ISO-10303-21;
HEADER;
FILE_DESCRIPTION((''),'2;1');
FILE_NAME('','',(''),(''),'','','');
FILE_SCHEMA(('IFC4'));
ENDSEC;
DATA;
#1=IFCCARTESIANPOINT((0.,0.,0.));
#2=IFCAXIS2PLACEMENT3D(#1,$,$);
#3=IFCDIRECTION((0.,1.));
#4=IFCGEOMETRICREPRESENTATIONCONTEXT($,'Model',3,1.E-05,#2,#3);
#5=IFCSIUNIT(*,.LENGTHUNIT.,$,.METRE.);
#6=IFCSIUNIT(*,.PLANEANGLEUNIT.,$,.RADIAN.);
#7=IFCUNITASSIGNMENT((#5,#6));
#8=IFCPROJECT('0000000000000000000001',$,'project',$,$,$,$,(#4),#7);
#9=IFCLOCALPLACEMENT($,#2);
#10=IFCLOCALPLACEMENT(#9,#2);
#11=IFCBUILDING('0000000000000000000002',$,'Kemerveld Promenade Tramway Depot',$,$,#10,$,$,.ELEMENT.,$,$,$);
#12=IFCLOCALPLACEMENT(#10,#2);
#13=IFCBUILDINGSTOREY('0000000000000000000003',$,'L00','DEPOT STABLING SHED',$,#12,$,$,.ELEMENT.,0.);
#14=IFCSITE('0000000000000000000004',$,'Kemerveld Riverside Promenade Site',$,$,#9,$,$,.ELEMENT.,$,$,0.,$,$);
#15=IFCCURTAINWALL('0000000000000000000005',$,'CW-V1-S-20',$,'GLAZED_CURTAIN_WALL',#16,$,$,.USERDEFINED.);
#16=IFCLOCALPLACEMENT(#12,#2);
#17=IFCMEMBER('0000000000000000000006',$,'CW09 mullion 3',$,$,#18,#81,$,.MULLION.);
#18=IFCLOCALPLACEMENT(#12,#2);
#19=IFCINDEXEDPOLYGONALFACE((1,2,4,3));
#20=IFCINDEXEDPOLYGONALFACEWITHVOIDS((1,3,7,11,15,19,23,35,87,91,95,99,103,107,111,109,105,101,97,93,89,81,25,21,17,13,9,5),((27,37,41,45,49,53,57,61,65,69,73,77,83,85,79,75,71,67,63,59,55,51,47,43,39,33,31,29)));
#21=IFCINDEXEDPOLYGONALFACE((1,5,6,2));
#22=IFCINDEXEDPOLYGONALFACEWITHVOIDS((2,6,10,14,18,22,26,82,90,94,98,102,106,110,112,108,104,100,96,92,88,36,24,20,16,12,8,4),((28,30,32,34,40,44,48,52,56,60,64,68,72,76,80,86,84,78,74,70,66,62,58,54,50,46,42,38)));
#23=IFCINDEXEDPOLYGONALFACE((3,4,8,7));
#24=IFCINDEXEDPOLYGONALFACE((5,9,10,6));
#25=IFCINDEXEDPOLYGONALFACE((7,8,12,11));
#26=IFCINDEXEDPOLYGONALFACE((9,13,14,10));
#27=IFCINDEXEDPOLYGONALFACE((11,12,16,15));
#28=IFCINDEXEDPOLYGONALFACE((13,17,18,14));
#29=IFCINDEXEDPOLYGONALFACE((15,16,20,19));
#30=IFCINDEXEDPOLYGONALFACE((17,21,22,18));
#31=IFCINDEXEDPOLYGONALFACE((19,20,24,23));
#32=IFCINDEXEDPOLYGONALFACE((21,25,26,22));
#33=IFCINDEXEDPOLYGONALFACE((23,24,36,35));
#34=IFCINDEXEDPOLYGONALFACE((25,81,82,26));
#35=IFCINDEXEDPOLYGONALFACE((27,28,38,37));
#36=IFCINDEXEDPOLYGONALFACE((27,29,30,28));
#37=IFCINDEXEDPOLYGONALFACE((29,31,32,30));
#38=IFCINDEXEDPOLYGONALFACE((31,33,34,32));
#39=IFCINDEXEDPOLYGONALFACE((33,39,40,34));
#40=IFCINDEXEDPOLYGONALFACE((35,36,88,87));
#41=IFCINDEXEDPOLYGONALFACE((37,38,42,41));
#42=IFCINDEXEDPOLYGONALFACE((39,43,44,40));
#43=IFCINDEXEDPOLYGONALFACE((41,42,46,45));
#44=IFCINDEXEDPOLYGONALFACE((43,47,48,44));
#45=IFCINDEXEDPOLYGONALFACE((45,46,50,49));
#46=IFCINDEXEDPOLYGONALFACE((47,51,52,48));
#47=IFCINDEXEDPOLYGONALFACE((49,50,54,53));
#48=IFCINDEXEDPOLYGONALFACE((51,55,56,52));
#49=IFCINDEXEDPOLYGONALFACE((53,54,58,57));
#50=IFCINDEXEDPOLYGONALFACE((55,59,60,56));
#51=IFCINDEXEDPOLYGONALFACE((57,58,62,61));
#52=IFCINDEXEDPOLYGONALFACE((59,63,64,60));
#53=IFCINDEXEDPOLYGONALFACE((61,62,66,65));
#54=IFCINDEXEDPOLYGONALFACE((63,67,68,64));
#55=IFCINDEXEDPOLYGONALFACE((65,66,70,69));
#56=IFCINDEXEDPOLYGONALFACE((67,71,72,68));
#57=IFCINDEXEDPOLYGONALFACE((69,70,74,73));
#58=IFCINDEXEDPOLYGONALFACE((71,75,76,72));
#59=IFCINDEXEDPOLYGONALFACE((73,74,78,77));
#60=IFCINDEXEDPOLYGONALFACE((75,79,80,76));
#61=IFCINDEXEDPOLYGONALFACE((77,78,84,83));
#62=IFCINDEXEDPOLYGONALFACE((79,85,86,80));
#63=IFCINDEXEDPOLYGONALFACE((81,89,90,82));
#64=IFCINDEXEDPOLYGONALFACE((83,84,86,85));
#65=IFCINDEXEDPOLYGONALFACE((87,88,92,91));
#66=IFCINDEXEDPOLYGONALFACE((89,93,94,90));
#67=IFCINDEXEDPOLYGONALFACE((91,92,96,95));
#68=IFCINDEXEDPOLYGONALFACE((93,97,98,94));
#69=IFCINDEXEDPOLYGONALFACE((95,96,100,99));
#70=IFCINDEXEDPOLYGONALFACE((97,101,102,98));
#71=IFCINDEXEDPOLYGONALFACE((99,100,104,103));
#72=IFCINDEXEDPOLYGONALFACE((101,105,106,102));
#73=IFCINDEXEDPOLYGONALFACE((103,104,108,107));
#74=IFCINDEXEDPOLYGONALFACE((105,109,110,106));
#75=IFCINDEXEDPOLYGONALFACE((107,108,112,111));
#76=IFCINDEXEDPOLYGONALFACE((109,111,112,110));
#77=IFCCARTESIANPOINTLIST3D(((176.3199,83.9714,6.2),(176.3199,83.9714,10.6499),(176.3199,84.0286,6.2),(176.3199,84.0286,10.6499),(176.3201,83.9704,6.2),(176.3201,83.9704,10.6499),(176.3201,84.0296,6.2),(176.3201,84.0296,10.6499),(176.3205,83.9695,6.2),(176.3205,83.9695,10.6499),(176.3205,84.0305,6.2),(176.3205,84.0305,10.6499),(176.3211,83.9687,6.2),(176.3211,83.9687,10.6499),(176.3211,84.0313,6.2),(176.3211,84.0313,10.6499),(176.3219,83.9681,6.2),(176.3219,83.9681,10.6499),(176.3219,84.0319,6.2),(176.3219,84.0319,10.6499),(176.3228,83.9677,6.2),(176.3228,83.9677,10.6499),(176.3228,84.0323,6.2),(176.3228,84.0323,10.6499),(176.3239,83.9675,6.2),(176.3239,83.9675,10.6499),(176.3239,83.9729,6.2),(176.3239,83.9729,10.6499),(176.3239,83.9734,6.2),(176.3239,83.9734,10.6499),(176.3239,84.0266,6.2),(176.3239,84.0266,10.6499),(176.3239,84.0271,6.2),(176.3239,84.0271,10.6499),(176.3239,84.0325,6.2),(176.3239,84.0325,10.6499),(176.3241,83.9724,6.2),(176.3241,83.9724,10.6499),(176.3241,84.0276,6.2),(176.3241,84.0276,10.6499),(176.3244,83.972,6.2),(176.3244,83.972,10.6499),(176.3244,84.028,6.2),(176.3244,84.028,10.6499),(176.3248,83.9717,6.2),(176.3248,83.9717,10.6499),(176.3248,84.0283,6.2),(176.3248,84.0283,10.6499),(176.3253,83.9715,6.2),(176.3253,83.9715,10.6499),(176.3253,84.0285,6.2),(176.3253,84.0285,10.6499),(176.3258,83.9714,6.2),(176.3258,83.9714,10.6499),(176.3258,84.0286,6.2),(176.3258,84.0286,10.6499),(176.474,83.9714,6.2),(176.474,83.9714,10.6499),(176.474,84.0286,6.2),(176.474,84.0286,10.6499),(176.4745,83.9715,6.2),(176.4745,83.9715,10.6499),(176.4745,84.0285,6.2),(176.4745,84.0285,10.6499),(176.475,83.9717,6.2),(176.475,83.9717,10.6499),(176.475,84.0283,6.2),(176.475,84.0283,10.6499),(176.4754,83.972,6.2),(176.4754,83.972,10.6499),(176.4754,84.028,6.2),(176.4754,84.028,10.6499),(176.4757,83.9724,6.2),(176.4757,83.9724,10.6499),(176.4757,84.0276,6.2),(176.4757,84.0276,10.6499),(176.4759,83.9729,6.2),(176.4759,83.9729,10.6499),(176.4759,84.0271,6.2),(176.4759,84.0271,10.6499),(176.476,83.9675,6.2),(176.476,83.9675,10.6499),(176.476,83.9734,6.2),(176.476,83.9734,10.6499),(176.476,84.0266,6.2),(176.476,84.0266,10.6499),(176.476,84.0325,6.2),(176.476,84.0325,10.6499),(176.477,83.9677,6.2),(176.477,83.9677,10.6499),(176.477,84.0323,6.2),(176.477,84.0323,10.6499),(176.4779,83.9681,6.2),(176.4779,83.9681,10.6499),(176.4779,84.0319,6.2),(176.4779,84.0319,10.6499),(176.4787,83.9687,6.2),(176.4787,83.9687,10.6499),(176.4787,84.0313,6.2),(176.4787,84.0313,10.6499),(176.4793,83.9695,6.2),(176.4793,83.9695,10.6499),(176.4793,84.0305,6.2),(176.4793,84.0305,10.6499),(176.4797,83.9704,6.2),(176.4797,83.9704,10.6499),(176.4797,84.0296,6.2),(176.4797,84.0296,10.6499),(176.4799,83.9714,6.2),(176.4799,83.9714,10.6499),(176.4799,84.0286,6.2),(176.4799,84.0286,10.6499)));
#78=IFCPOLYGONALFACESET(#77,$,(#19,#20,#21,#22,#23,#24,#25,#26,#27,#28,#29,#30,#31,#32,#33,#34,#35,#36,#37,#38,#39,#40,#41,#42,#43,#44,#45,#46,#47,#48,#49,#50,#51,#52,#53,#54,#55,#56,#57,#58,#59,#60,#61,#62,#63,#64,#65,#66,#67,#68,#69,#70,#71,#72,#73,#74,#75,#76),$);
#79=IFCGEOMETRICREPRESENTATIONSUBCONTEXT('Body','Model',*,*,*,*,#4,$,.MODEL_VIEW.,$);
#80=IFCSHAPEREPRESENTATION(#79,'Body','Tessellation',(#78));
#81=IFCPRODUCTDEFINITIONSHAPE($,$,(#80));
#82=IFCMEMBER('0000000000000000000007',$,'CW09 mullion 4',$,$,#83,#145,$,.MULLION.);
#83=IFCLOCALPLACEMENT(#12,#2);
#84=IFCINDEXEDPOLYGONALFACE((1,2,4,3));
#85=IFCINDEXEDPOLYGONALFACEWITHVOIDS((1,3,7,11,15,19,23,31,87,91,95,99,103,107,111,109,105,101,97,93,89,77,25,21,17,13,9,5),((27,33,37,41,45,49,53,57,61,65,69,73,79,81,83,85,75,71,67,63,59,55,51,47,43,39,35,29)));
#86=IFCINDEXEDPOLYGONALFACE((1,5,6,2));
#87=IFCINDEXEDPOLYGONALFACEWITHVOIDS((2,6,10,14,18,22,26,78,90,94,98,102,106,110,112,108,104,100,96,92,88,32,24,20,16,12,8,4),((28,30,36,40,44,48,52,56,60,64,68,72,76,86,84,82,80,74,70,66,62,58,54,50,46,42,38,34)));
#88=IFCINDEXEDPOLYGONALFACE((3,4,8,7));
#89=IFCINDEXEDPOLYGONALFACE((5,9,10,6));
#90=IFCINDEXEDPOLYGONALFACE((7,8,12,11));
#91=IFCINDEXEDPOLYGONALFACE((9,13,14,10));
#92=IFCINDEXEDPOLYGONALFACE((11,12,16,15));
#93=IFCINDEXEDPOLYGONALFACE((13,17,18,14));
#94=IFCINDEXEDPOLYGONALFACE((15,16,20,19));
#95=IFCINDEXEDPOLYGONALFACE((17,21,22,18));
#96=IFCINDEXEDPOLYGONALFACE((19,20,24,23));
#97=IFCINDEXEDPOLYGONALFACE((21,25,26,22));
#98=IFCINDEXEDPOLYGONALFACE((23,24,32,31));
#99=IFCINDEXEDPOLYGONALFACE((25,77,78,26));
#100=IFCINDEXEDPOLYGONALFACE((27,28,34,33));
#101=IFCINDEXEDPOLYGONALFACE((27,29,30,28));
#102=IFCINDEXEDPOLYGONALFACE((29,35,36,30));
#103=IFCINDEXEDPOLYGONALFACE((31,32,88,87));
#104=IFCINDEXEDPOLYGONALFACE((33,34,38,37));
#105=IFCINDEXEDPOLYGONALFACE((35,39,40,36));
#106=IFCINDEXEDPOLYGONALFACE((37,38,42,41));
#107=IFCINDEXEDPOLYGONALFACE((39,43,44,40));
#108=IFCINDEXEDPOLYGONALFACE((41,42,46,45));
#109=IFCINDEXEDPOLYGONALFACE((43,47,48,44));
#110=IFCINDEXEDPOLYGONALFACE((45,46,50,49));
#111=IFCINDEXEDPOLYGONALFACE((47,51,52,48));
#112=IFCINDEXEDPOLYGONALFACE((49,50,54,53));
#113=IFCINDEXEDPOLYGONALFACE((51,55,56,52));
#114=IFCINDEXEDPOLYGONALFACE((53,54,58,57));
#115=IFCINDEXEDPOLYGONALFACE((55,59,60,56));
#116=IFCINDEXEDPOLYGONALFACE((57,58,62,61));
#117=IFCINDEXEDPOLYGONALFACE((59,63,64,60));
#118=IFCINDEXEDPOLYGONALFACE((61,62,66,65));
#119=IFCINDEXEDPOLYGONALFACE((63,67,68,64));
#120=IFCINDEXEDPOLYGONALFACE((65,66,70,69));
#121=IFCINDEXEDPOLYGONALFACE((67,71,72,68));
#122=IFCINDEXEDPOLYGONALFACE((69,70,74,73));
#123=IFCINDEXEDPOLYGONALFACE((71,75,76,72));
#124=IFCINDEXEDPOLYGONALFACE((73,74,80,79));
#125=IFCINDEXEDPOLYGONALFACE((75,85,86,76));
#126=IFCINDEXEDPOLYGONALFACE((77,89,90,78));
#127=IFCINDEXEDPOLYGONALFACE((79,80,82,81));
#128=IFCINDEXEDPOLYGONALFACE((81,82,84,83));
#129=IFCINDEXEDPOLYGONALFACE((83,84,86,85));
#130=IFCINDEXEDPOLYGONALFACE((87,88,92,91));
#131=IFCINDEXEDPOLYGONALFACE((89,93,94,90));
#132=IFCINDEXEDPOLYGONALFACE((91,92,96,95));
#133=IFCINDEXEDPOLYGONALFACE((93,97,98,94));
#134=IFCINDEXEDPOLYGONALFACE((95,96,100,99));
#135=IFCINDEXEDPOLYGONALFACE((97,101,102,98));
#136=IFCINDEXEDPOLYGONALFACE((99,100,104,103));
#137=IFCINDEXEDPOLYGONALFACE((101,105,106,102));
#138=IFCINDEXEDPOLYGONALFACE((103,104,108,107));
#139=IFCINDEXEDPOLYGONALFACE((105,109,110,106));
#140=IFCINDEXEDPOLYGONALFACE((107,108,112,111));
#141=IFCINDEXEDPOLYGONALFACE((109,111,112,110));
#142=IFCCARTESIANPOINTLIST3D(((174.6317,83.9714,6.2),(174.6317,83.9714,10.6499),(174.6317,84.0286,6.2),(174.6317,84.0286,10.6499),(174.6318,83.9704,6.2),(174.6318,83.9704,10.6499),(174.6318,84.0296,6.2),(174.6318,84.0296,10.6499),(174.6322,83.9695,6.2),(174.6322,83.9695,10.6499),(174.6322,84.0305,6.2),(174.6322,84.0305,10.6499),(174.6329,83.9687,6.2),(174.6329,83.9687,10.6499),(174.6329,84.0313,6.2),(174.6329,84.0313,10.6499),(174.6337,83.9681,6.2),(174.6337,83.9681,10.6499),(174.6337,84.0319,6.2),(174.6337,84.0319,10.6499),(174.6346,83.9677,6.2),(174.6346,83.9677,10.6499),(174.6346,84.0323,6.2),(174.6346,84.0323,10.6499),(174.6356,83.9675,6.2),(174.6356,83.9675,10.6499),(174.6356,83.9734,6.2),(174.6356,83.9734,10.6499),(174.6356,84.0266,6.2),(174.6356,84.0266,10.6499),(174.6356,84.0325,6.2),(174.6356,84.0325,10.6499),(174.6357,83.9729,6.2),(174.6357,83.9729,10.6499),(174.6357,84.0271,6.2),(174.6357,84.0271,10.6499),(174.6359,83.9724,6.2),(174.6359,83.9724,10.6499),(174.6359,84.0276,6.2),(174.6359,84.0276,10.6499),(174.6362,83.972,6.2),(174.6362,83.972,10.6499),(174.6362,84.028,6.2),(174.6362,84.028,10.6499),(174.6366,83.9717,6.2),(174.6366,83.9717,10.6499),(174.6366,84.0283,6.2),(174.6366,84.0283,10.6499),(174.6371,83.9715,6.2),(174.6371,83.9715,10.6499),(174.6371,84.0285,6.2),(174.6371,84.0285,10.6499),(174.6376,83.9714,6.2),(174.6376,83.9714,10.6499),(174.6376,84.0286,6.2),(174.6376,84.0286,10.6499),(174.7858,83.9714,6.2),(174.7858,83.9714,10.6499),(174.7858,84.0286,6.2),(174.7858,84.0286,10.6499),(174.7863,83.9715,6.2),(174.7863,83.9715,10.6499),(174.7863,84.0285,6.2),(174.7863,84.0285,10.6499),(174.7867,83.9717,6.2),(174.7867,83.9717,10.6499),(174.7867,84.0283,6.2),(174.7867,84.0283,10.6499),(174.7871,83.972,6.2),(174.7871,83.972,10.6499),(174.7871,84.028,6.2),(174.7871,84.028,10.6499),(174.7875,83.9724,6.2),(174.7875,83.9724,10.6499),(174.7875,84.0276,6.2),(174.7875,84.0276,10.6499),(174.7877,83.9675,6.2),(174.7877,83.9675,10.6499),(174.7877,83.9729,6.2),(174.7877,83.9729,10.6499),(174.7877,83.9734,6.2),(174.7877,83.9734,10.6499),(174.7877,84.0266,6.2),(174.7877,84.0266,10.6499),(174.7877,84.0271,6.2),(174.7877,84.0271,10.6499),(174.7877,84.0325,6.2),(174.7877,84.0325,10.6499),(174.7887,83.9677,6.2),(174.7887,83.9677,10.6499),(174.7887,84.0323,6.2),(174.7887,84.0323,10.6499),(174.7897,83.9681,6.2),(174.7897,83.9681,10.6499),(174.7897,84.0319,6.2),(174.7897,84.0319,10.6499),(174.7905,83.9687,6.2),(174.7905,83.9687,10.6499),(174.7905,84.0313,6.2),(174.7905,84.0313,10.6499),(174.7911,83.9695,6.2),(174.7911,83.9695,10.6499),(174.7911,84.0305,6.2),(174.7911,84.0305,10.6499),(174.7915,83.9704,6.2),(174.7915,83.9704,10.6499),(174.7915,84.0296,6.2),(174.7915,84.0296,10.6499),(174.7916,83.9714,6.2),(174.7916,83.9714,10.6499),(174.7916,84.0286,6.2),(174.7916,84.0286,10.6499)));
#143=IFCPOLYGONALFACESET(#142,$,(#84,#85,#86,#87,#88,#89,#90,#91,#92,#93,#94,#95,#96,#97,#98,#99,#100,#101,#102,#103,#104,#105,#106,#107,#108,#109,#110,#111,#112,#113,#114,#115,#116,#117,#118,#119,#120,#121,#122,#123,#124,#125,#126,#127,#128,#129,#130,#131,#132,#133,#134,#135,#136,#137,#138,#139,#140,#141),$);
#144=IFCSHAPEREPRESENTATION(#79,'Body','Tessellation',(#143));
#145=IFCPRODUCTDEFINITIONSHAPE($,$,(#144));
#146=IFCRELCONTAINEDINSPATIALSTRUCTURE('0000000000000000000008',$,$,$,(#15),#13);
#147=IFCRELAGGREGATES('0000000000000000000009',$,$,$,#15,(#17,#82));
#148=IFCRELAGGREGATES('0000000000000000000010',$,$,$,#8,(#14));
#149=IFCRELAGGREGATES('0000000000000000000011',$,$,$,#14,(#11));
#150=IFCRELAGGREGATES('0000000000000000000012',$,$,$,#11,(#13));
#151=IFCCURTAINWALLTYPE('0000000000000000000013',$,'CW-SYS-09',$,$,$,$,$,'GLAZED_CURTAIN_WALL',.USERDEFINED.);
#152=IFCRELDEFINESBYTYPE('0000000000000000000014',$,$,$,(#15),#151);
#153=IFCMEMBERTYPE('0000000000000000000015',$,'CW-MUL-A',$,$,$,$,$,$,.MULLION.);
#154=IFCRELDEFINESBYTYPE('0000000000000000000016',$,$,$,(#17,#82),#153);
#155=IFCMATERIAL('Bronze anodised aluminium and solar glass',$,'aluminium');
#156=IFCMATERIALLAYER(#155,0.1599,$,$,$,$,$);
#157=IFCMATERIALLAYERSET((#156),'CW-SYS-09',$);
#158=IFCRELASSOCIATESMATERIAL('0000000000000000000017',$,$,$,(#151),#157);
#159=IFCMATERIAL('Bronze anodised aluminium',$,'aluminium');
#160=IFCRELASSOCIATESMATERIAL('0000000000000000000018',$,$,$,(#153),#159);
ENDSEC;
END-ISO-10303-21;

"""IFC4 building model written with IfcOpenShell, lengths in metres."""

from ifc_helpers import new_model, si_unit, direction, frame, origin, origin_2d, place, context, subcontext, project, spatial, hollow_rectangle, extrude, material, layer, layer_set, material_profile, profile_set, type_object, element, aggregate, save


model = new_model("IFC4")

# Units and contexts
model_context = context("Model", 3, precision=1e-05, world=origin(), true_north=direction((0.0, 1.0)))
body_context = subcontext(model_context, "Body", "Model", "MODEL_VIEW")
ifc_project = project(units=[si_unit("LENGTHUNIT", "METRE"), si_unit("PLANEANGLEUNIT", "RADIAN")], contexts=[model_context])

# Site, building, storey
site_placement = place(None, origin())
site = spatial("IfcSite", under=ifc_project, at=site_placement, Name="Kemerveld Riverside Promenade Site", CompositionType="ELEMENT", RefElevation=0.0)
building_placement = place(site_placement, origin())
building = spatial("IfcBuilding", under=site, at=building_placement, Name="Kemerveld Promenade Tramway Depot", CompositionType="ELEMENT")
storey_placement = place(building_placement, origin())
storey = spatial("IfcBuildingStorey", under=building, at=storey_placement, Name="L00", Description="DEPOT STABLING SHED", CompositionType="ELEMENT", Elevation=0.0)

# Curtain wall, members
ifc_material_1 = material(Name="Bronze anodised aluminium and solar glass", Category="aluminium")
ifc_layer_1 = layer(ifc_material_1, 0.1599)
ifc_layer_set_1 = layer_set([ifc_layer_1], Name="CW-SYS-09")
curtain_wall_type_1 = type_object("IfcCurtainWallType", Name="CW-SYS-09", ElementType="GLAZED_CURTAIN_WALL", PredefinedType="USERDEFINED", material=ifc_layer_set_1)
curtain_wall_1_placement = place(storey_placement, origin())
curtain_wall_1 = element("IfcCurtainWall", 1, at=curtain_wall_1_placement, inside=storey, type_object=curtain_wall_type_1, Name="CW-V1-S-20", ObjectType="GLAZED_CURTAIN_WALL", PredefinedType="USERDEFINED")
ifc_material_2 = material(Name="Bronze anodised aluminium", Category="aluminium")
ifc_material_profile_1 = material_profile(ifc_material_2, hollow_rectangle(XDim=0.0649, YDim=0.1599, WallThickness=0.0039, InnerFilletRadius=0.002, OuterFilletRadius=0.0039, at=origin_2d()), Name="CW-MUL-160x65")
ifc_profile_set_1 = profile_set([ifc_material_profile_1], Name="Bronze anodised aluminium")
member_type_1 = type_object("IfcMemberType", Name="CW-MUL-A", PredefinedType="MULLION", material=ifc_profile_set_1)
member_1_placement = place(storey_placement, frame((176.3999, 84.0, 6.2), z_axis=(0.0, 0.0, 1.0), x_axis=(0.0, -1.0, 0.0)))
member_1 = element("IfcMember", 2, at=member_1_placement, type_object=member_type_1, Name="CW09 mullion 3", PredefinedType="MULLION", context=body_context, shape_type="SweptSolid", body=[
    extrude(hollow_rectangle(XDim=0.0649, YDim=0.1599, WallThickness=0.0039, InnerFilletRadius=0.002, OuterFilletRadius=0.0039, at=origin_2d()), origin(), (0.0, 0.0, 1.0), 4.45),
])
member_2_placement = place(storey_placement, frame((174.7117, 84.0, 6.2), z_axis=(0.0, 0.0, 1.0), x_axis=(0.0, -1.0, 0.0)))
member_2 = element("IfcMember", 3, at=member_2_placement, type_object=member_type_1, Name="CW09 mullion 4", PredefinedType="MULLION", context=body_context, shape_type="SweptSolid", body=[
    extrude(hollow_rectangle(XDim=0.0649, YDim=0.1599, WallThickness=0.0039, InnerFilletRadius=0.002, OuterFilletRadius=0.0039, at=origin_2d()), origin(), (0.0, 0.0, 1.0), 4.45),
])

aggregate(curtain_wall_1, [member_1, member_2])

save(model, "model.ifc")
